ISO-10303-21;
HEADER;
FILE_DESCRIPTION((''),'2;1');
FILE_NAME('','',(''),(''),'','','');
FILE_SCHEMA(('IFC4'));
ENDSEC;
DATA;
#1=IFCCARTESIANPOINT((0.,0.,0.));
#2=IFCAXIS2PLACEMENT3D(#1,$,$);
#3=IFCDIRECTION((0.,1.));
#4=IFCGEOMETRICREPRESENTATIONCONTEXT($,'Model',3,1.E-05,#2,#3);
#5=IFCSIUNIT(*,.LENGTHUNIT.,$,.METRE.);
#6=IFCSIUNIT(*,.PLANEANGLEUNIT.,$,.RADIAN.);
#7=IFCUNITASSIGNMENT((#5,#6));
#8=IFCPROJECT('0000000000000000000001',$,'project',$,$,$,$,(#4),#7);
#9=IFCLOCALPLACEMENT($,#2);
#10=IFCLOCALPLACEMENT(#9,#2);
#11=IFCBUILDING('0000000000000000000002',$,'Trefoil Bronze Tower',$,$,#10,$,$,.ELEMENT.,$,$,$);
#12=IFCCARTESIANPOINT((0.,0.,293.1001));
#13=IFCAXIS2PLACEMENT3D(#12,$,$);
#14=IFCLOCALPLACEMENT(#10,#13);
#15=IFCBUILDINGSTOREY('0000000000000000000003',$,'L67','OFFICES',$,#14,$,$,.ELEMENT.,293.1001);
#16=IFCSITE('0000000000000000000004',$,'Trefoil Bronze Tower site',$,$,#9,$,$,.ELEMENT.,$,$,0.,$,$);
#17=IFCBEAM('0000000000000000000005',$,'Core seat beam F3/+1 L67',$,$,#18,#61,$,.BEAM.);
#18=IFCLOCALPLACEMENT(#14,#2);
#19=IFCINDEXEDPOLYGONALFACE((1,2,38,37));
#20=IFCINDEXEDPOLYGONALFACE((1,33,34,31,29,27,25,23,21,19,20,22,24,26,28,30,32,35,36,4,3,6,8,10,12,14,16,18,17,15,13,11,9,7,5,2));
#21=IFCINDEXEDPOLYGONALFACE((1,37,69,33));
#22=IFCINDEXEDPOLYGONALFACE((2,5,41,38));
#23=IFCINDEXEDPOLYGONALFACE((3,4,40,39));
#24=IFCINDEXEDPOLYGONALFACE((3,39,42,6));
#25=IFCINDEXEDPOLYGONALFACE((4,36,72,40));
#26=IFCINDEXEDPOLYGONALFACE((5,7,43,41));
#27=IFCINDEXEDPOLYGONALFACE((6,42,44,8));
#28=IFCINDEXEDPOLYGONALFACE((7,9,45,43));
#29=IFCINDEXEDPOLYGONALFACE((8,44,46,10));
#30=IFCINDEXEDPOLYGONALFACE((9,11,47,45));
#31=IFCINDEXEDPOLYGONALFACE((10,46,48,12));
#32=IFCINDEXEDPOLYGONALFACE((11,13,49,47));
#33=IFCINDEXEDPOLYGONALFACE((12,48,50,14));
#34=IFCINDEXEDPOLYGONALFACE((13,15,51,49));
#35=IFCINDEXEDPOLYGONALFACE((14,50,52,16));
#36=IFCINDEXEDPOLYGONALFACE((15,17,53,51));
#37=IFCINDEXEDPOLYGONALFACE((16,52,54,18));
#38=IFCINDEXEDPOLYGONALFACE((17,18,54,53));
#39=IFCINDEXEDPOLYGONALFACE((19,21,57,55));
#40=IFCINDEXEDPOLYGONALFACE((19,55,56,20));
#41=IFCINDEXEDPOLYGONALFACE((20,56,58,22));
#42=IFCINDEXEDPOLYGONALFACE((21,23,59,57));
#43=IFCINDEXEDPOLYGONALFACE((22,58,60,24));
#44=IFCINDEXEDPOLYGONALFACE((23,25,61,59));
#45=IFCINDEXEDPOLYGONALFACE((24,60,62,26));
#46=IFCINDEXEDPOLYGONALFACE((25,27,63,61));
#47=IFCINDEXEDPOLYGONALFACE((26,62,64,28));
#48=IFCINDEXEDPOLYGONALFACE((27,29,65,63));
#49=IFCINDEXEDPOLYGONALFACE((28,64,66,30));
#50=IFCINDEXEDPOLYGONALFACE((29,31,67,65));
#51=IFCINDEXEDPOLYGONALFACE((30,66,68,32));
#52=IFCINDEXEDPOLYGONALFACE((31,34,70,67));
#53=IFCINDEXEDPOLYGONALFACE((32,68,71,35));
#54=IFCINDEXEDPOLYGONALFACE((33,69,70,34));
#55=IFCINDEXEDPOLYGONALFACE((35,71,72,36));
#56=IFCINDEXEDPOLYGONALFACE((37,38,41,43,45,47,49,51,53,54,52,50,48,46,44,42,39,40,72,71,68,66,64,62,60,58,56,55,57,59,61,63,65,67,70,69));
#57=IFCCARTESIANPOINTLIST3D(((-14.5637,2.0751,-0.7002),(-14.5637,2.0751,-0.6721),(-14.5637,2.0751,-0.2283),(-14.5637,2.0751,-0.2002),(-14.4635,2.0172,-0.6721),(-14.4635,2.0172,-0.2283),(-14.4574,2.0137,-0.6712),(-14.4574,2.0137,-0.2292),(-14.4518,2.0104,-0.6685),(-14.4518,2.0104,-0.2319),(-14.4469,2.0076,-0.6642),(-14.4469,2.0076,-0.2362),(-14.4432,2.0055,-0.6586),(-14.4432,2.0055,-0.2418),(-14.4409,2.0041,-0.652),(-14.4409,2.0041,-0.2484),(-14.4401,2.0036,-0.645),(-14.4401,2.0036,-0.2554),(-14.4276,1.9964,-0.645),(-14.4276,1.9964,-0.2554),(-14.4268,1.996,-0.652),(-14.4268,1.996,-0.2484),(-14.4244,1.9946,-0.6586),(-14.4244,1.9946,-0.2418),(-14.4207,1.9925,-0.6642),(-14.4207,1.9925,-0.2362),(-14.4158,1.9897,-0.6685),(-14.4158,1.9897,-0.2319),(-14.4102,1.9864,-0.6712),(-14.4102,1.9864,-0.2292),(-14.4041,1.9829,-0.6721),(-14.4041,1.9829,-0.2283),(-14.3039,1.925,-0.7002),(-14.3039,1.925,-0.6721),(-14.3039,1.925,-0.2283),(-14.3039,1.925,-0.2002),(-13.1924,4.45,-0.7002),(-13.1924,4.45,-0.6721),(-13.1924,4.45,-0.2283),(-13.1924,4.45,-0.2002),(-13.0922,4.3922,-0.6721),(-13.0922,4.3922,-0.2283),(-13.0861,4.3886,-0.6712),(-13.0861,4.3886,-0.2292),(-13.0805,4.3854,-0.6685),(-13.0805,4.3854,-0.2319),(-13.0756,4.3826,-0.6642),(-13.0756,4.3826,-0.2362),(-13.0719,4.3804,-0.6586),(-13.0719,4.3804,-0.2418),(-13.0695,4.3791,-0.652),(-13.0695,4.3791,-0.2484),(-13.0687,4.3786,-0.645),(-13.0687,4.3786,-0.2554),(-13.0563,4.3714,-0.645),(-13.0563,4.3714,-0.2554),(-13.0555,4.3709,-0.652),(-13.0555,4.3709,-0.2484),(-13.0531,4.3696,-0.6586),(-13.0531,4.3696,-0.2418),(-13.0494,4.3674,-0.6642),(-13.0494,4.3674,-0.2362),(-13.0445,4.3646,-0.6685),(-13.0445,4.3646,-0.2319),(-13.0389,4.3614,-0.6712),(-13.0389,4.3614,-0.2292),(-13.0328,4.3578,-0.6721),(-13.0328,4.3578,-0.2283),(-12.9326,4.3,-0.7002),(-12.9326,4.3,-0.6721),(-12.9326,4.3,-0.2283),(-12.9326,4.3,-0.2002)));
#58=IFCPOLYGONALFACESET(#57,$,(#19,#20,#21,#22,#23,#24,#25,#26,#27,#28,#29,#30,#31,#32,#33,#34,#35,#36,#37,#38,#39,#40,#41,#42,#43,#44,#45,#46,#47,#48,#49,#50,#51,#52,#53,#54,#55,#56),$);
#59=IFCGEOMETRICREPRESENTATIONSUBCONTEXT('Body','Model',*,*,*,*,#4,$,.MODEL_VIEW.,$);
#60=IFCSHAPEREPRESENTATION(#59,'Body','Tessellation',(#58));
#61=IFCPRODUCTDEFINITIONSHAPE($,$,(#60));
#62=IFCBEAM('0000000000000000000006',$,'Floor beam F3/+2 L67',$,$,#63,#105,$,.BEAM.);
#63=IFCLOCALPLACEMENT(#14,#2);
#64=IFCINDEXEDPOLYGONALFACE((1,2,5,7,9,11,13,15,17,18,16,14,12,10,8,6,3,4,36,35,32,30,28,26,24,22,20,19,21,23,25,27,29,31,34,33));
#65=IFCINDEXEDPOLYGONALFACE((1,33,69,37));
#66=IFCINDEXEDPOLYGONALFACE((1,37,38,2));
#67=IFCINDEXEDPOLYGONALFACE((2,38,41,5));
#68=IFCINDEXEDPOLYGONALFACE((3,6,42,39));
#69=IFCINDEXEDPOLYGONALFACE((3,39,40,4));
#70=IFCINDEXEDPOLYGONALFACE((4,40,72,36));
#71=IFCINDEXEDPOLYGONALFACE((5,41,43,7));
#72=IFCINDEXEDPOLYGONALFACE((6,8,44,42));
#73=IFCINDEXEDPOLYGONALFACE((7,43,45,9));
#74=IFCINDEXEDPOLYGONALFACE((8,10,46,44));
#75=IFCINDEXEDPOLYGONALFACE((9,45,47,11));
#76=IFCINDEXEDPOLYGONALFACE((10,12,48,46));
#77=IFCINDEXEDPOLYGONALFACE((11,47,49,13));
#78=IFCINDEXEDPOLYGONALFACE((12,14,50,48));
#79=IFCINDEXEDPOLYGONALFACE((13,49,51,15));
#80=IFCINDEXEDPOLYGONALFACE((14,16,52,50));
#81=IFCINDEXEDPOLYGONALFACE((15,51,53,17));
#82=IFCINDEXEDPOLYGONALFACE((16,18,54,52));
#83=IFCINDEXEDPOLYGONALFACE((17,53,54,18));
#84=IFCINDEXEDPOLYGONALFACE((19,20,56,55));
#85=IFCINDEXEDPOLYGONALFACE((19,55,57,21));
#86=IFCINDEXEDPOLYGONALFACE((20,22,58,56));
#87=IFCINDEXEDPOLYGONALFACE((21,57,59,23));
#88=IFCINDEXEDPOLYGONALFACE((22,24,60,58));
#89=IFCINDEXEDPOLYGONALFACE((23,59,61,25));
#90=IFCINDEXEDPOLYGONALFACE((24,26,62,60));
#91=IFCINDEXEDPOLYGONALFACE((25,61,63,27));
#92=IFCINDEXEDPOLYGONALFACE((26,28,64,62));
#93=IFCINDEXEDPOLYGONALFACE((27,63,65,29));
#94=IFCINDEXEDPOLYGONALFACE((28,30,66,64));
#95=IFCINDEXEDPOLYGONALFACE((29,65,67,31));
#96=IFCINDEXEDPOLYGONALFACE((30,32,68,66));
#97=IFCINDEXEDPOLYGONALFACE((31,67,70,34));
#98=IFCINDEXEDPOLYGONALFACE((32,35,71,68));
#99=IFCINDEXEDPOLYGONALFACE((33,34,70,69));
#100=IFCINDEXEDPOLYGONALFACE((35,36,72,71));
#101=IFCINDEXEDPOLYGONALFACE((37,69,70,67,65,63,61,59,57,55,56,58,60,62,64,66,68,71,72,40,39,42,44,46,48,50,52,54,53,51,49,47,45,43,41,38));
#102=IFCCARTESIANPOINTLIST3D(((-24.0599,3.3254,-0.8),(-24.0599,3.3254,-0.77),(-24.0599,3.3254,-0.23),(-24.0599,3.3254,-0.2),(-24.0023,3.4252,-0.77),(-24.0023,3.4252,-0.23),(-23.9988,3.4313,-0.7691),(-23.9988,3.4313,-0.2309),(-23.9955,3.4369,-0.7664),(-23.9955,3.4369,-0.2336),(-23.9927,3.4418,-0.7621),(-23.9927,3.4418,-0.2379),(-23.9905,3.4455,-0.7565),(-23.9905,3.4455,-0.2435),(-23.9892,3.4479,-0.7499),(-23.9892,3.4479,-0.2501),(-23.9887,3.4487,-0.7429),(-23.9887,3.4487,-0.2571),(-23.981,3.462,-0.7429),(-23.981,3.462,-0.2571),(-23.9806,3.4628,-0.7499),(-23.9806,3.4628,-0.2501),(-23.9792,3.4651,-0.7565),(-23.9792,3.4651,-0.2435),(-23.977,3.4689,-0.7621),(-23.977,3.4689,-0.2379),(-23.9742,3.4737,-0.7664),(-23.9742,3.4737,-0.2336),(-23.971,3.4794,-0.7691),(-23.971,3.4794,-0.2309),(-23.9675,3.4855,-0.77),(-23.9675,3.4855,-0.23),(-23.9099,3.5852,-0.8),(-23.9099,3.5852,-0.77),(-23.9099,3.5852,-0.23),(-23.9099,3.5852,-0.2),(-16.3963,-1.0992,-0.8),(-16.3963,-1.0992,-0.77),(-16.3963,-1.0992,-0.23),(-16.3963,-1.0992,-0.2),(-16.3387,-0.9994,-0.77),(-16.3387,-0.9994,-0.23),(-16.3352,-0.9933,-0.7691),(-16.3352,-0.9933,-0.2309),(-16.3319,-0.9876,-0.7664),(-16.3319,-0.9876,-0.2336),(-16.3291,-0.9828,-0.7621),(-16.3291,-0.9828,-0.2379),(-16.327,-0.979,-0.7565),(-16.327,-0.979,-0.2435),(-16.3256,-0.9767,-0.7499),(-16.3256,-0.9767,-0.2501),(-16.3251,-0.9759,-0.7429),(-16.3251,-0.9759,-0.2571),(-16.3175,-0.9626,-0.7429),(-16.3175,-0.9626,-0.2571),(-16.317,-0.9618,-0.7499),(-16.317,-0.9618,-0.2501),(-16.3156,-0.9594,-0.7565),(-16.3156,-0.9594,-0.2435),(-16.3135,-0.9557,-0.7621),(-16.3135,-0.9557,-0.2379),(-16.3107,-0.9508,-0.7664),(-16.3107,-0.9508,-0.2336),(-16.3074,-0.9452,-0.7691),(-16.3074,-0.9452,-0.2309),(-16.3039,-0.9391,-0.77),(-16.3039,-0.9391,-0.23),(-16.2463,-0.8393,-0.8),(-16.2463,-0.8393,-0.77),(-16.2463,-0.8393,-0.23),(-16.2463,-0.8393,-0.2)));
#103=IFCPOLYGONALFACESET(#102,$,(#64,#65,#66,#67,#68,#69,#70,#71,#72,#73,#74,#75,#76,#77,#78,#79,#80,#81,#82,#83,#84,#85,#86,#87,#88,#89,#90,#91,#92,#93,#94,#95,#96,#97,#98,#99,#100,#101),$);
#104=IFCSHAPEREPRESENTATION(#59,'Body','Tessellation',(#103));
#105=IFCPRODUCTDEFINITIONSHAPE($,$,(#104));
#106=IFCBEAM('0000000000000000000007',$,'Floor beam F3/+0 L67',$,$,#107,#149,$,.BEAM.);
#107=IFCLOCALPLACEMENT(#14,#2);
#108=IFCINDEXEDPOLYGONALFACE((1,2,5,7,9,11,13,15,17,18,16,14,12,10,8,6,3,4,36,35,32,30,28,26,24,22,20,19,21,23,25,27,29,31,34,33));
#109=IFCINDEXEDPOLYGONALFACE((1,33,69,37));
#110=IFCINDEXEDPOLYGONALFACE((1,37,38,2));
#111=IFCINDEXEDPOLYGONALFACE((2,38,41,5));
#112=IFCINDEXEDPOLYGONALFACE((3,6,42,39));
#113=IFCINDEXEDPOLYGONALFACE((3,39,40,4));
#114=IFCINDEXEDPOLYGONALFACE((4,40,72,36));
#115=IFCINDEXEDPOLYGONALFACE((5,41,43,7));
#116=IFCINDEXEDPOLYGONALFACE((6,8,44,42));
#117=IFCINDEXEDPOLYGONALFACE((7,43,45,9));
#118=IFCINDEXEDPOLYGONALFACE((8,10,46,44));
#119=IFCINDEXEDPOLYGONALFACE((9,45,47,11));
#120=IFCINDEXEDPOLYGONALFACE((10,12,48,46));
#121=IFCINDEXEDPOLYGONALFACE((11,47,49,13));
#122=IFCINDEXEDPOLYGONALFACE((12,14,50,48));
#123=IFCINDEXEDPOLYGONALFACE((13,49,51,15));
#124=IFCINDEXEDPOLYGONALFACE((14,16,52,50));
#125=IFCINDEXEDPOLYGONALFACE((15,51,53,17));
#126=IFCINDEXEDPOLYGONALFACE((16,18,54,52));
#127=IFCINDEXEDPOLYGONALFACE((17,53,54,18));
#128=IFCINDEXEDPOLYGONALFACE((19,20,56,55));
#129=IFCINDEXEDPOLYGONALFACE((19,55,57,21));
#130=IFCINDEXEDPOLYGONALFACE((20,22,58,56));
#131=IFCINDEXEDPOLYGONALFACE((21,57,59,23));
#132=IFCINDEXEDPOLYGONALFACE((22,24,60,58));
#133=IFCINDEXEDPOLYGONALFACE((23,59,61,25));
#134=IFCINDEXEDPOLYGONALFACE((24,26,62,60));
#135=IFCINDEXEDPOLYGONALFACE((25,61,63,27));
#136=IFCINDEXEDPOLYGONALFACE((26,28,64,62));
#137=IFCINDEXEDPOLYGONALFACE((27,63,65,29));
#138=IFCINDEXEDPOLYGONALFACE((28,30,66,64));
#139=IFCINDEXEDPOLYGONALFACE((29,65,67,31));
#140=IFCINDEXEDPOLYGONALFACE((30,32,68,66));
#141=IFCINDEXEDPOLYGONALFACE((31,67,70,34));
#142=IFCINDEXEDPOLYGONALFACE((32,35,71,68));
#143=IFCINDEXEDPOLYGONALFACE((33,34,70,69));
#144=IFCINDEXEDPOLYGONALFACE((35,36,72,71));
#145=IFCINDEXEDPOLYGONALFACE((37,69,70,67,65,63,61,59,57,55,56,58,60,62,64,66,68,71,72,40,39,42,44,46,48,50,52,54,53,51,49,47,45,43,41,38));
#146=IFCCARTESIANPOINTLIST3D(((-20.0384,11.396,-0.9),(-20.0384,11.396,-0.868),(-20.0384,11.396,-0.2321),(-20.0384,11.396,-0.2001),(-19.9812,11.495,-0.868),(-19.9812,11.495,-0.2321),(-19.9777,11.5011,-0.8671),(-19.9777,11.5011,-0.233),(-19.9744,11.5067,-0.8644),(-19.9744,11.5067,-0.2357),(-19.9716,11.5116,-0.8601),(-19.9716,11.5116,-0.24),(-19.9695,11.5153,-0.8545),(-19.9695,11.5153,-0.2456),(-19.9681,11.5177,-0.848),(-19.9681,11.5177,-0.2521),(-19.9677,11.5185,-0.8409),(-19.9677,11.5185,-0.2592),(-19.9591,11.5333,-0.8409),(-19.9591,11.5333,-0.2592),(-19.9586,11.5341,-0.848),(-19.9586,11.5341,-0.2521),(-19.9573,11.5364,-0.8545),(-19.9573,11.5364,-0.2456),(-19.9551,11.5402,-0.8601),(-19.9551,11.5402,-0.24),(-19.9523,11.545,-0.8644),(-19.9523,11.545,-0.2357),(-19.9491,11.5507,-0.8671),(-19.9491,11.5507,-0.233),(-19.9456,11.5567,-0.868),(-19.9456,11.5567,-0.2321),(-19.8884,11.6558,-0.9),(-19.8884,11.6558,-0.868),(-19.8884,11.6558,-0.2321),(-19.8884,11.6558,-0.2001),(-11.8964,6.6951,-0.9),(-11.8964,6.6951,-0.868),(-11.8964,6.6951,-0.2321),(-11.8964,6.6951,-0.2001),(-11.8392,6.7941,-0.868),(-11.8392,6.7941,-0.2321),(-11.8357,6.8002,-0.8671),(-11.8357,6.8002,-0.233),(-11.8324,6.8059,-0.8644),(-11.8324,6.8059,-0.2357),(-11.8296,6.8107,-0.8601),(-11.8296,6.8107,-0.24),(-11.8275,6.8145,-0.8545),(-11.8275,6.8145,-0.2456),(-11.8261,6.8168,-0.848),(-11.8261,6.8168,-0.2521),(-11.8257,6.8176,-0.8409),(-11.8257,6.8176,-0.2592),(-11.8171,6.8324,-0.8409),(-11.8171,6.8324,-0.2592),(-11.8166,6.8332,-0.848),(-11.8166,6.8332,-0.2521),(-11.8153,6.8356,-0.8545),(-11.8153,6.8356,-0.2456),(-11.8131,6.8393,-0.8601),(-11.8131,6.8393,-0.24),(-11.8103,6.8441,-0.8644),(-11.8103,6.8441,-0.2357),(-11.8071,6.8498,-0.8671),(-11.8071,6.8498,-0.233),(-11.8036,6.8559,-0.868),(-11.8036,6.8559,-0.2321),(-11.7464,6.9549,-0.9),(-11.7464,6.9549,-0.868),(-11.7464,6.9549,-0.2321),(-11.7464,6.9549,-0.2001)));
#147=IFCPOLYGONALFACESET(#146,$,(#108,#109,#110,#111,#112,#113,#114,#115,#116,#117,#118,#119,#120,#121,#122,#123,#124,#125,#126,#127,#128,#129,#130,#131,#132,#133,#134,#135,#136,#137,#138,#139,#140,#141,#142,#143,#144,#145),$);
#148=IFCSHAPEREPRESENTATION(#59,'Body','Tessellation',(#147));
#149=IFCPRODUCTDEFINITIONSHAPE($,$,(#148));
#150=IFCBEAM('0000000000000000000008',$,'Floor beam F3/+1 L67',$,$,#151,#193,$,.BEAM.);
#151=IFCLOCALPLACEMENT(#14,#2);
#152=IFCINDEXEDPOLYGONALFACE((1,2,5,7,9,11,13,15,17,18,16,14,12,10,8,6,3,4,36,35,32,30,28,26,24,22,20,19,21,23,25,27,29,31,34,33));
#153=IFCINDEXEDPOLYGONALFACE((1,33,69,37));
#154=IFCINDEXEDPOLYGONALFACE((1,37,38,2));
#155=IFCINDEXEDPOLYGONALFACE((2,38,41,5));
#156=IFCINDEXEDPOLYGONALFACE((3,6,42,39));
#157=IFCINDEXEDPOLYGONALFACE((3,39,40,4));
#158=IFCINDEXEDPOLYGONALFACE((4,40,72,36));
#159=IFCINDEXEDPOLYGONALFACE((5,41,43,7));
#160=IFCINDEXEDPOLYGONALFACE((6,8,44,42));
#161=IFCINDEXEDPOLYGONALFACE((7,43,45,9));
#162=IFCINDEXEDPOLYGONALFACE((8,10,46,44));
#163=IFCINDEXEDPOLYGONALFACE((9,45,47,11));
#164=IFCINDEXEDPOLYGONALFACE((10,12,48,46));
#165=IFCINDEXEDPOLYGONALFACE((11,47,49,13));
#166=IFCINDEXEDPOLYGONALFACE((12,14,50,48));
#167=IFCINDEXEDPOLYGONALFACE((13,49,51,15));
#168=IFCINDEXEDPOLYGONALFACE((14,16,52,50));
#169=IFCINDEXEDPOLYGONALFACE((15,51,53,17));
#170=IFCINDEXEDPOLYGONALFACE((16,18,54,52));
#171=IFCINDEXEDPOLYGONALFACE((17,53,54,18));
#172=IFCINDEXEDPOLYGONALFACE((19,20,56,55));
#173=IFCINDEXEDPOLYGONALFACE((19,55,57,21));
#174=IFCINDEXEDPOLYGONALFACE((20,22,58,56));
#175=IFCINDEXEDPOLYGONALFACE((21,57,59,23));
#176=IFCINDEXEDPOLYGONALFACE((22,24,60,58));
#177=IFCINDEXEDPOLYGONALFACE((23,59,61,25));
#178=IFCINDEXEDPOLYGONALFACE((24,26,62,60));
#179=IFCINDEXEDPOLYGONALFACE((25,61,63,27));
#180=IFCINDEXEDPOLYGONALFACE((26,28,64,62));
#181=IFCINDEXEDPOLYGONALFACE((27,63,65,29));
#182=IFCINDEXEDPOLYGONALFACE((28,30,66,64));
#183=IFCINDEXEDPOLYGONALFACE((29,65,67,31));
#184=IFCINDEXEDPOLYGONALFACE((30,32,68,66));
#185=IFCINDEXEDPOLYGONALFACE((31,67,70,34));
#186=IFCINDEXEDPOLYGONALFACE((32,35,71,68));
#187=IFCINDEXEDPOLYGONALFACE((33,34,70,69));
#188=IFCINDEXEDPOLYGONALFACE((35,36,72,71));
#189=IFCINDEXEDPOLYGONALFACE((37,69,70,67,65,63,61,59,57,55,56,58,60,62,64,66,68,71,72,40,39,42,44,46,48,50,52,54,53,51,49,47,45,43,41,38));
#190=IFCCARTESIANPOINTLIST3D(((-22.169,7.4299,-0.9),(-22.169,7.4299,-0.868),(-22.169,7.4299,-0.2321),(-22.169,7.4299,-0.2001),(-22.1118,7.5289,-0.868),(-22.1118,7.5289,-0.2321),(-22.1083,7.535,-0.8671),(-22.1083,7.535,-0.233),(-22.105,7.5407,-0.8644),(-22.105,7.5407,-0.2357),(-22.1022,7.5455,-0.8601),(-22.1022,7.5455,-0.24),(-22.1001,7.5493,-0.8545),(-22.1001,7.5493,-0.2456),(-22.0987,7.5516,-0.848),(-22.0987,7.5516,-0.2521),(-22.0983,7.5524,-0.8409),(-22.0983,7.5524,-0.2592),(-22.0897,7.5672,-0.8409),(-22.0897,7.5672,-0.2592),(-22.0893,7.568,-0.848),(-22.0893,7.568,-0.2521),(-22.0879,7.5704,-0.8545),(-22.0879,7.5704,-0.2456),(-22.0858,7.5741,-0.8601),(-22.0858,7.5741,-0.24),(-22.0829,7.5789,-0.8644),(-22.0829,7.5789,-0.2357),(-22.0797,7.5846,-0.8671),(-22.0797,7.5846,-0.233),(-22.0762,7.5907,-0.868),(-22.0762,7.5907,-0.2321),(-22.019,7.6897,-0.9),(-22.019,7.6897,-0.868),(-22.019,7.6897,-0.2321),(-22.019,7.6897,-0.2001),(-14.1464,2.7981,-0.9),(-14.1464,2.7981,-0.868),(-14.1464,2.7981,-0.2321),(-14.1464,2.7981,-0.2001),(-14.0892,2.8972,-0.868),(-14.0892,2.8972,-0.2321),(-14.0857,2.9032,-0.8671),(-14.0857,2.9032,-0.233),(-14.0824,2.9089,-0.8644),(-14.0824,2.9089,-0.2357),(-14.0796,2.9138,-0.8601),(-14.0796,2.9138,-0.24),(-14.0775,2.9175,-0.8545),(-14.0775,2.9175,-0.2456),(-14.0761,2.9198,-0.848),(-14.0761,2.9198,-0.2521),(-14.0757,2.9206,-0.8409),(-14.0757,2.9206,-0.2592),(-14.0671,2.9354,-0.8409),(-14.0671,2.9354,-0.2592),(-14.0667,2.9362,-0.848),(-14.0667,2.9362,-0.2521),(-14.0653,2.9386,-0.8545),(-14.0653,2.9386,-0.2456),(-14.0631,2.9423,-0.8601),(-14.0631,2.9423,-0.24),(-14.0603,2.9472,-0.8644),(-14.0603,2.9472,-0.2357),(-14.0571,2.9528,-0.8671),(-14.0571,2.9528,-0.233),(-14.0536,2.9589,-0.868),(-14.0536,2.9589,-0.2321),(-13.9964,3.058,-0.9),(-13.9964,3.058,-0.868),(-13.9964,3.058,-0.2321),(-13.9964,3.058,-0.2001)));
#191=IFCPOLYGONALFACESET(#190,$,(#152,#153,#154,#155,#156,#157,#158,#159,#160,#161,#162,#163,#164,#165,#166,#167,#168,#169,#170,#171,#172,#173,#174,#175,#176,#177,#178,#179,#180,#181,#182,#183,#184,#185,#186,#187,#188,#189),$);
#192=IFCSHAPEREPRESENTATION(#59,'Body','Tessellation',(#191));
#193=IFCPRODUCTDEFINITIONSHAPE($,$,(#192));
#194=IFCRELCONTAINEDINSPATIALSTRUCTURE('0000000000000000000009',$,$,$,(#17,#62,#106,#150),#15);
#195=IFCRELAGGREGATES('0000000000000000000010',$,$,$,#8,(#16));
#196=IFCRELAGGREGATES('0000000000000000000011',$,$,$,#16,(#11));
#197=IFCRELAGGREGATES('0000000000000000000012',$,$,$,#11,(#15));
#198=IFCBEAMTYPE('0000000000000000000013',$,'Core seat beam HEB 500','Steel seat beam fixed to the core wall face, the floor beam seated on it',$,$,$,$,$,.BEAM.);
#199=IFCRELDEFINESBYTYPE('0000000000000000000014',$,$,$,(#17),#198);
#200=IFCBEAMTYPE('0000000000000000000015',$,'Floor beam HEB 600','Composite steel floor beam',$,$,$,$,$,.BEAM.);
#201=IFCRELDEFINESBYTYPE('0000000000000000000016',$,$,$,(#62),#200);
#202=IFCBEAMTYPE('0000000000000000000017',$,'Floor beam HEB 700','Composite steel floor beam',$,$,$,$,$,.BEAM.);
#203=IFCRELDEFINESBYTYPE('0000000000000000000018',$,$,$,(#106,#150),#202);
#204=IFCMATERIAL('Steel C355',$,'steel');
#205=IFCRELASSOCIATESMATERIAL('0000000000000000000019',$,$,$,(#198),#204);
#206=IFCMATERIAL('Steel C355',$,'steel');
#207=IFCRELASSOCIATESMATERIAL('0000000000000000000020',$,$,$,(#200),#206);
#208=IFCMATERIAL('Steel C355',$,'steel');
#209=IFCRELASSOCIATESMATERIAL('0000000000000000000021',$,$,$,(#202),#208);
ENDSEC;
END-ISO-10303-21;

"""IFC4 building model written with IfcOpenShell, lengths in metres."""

from ifc_helpers import new_model, si_unit, direction, frame, origin, origin_2d, place, context, subcontext, project, spatial, i_section, extrude, material, material_profile, profile_set, type_object, element, save


model = new_model("IFC4")

# Units and contexts
model_context = context("Model", 3, precision=1e-05, world=origin(), true_north=direction((0.0, 1.0)))
body_context = subcontext(model_context, "Body", "Model", "MODEL_VIEW")
ifc_project = project(units=[si_unit("LENGTHUNIT", "METRE"), si_unit("PLANEANGLEUNIT", "RADIAN")], contexts=[model_context])

# Site, building, storey
site_placement = place(None, origin())
site = spatial("IfcSite", under=ifc_project, at=site_placement, Name="Trefoil Bronze Tower site", CompositionType="ELEMENT", RefElevation=0.0)
building_placement = place(site_placement, origin())
building = spatial("IfcBuilding", under=site, at=building_placement, Name="Trefoil Bronze Tower", CompositionType="ELEMENT")
storey_placement = place(building_placement, frame((0.0, 0.0, 293.1001)))
storey = spatial("IfcBuildingStorey", under=building, at=storey_placement, Name="L67", Description="OFFICES", CompositionType="ELEMENT", Elevation=293.1001)

# Beams
ifc_material_1 = material(Name="Steel C355", Category="steel")
ifc_material_profile_1 = material_profile(ifc_material_1, i_section(OverallWidth=0.3, OverallDepth=0.5, WebThickness=0.0144, FlangeThickness=0.0281, FilletRadius=0.0271, at=origin_2d()), Name="HEB 500")
ifc_profile_set_1 = profile_set([ifc_material_profile_1], Name="Steel C355")
beam_type_1 = type_object("IfcBeamType", Name="Core seat beam HEB 500", Description="Steel seat beam fixed to the core wall face, the floor beam seated on it", PredefinedType="BEAM", material=ifc_profile_set_1)
for number, where, z_axis, x_axis, name in (
    (1, (-13.0625, 4.375, -0.4502), (-0.500036, -0.866005, 0.0), (0.866005, -0.500036, 0.0), "Core seat beam F3/+1 L67"),
):
    element("IfcBeam", number, at=place(storey_placement, frame(where, z_axis=z_axis, x_axis=x_axis)), inside=storey, type_object=beam_type_1, Name=name, PredefinedType="BEAM", context=body_context, shape_type="SweptSolid", body=[
        extrude(i_section(OverallWidth=0.3, OverallDepth=0.5, WebThickness=0.0144, FlangeThickness=0.0281, FilletRadius=0.0271, at=origin_2d()), origin(), (0.0, 0.0, 1.0), 2.7424),
    ])
ifc_material_2 = material(Name="Steel C355", Category="steel")
ifc_material_profile_2 = material_profile(ifc_material_2, i_section(OverallWidth=0.3, OverallDepth=0.6001, WebThickness=0.0154, FlangeThickness=0.03, FilletRadius=0.0271, at=origin_2d()), Name="HEB 600")
ifc_profile_set_2 = profile_set([ifc_material_profile_2], Name="Steel C355")
beam_type_2 = type_object("IfcBeamType", Name="Floor beam HEB 600", Description="Composite steel floor beam", PredefinedType="BEAM", material=ifc_profile_set_2)
beam_1_placement = place(storey_placement, frame((-23.9849, 3.4553, -0.5), z_axis=(0.866026, -0.499999, 0.0), x_axis=(0.499999, 0.866026, 0.0)))
element("IfcBeam", 2, at=beam_1_placement, inside=storey, type_object=beam_type_2, Name="Floor beam F3/+2 L67", PredefinedType="BEAM", context=body_context, shape_type="SweptSolid", body=[
    extrude(i_section(OverallWidth=0.3, OverallDepth=0.6001, WebThickness=0.0154, FlangeThickness=0.03, FilletRadius=0.0271, at=origin_2d()), origin(), (0.0, 0.0, 1.0), 8.8491),
])
ifc_material_3 = material(Name="Steel C355", Category="steel")
ifc_material_profile_3 = material_profile(ifc_material_3, i_section(OverallWidth=0.3, OverallDepth=0.7, WebThickness=0.0171, FlangeThickness=0.032, FilletRadius=0.0271, at=origin_2d()), Name="HEB 700")
ifc_profile_set_3 = profile_set([ifc_material_profile_3], Name="Steel C355")
beam_type_3 = type_object("IfcBeamType", Name="Floor beam HEB 700", Description="Composite steel floor beam", PredefinedType="BEAM", material=ifc_profile_set_3)
beam_2_placement = place(storey_placement, frame((-19.9634, 11.5259, -0.55), z_axis=(0.866021, -0.500007, 0.0), x_axis=(0.500007, 0.866021, 0.0)))
element("IfcBeam", 3, at=beam_2_placement, inside=storey, type_object=beam_type_3, Name="Floor beam F3/+0 L67", PredefinedType="BEAM", context=body_context, shape_type="SweptSolid", body=[
    extrude(i_section(OverallWidth=0.3, OverallDepth=0.7, WebThickness=0.0171, FlangeThickness=0.032, FilletRadius=0.0271, at=origin_2d()), origin(), (0.0, 0.0, 1.0), 9.4016),
])
beam_3_placement = place(storey_placement, frame((-22.094, 7.5598, -0.55), z_axis=(0.866029, -0.499994, 0.0), x_axis=(0.499994, 0.866029, 0.0)))
element("IfcBeam", 4, at=beam_3_placement, inside=storey, type_object=beam_type_3, Name="Floor beam F3/+1 L67", PredefinedType="BEAM", context=body_context, shape_type="SweptSolid", body=[
    extrude(i_section(OverallWidth=0.3, OverallDepth=0.7, WebThickness=0.0171, FlangeThickness=0.032, FilletRadius=0.0271, at=origin_2d()), origin(), (0.0, 0.0, 1.0), 9.2637),
])

save(model, "model.ifc")
